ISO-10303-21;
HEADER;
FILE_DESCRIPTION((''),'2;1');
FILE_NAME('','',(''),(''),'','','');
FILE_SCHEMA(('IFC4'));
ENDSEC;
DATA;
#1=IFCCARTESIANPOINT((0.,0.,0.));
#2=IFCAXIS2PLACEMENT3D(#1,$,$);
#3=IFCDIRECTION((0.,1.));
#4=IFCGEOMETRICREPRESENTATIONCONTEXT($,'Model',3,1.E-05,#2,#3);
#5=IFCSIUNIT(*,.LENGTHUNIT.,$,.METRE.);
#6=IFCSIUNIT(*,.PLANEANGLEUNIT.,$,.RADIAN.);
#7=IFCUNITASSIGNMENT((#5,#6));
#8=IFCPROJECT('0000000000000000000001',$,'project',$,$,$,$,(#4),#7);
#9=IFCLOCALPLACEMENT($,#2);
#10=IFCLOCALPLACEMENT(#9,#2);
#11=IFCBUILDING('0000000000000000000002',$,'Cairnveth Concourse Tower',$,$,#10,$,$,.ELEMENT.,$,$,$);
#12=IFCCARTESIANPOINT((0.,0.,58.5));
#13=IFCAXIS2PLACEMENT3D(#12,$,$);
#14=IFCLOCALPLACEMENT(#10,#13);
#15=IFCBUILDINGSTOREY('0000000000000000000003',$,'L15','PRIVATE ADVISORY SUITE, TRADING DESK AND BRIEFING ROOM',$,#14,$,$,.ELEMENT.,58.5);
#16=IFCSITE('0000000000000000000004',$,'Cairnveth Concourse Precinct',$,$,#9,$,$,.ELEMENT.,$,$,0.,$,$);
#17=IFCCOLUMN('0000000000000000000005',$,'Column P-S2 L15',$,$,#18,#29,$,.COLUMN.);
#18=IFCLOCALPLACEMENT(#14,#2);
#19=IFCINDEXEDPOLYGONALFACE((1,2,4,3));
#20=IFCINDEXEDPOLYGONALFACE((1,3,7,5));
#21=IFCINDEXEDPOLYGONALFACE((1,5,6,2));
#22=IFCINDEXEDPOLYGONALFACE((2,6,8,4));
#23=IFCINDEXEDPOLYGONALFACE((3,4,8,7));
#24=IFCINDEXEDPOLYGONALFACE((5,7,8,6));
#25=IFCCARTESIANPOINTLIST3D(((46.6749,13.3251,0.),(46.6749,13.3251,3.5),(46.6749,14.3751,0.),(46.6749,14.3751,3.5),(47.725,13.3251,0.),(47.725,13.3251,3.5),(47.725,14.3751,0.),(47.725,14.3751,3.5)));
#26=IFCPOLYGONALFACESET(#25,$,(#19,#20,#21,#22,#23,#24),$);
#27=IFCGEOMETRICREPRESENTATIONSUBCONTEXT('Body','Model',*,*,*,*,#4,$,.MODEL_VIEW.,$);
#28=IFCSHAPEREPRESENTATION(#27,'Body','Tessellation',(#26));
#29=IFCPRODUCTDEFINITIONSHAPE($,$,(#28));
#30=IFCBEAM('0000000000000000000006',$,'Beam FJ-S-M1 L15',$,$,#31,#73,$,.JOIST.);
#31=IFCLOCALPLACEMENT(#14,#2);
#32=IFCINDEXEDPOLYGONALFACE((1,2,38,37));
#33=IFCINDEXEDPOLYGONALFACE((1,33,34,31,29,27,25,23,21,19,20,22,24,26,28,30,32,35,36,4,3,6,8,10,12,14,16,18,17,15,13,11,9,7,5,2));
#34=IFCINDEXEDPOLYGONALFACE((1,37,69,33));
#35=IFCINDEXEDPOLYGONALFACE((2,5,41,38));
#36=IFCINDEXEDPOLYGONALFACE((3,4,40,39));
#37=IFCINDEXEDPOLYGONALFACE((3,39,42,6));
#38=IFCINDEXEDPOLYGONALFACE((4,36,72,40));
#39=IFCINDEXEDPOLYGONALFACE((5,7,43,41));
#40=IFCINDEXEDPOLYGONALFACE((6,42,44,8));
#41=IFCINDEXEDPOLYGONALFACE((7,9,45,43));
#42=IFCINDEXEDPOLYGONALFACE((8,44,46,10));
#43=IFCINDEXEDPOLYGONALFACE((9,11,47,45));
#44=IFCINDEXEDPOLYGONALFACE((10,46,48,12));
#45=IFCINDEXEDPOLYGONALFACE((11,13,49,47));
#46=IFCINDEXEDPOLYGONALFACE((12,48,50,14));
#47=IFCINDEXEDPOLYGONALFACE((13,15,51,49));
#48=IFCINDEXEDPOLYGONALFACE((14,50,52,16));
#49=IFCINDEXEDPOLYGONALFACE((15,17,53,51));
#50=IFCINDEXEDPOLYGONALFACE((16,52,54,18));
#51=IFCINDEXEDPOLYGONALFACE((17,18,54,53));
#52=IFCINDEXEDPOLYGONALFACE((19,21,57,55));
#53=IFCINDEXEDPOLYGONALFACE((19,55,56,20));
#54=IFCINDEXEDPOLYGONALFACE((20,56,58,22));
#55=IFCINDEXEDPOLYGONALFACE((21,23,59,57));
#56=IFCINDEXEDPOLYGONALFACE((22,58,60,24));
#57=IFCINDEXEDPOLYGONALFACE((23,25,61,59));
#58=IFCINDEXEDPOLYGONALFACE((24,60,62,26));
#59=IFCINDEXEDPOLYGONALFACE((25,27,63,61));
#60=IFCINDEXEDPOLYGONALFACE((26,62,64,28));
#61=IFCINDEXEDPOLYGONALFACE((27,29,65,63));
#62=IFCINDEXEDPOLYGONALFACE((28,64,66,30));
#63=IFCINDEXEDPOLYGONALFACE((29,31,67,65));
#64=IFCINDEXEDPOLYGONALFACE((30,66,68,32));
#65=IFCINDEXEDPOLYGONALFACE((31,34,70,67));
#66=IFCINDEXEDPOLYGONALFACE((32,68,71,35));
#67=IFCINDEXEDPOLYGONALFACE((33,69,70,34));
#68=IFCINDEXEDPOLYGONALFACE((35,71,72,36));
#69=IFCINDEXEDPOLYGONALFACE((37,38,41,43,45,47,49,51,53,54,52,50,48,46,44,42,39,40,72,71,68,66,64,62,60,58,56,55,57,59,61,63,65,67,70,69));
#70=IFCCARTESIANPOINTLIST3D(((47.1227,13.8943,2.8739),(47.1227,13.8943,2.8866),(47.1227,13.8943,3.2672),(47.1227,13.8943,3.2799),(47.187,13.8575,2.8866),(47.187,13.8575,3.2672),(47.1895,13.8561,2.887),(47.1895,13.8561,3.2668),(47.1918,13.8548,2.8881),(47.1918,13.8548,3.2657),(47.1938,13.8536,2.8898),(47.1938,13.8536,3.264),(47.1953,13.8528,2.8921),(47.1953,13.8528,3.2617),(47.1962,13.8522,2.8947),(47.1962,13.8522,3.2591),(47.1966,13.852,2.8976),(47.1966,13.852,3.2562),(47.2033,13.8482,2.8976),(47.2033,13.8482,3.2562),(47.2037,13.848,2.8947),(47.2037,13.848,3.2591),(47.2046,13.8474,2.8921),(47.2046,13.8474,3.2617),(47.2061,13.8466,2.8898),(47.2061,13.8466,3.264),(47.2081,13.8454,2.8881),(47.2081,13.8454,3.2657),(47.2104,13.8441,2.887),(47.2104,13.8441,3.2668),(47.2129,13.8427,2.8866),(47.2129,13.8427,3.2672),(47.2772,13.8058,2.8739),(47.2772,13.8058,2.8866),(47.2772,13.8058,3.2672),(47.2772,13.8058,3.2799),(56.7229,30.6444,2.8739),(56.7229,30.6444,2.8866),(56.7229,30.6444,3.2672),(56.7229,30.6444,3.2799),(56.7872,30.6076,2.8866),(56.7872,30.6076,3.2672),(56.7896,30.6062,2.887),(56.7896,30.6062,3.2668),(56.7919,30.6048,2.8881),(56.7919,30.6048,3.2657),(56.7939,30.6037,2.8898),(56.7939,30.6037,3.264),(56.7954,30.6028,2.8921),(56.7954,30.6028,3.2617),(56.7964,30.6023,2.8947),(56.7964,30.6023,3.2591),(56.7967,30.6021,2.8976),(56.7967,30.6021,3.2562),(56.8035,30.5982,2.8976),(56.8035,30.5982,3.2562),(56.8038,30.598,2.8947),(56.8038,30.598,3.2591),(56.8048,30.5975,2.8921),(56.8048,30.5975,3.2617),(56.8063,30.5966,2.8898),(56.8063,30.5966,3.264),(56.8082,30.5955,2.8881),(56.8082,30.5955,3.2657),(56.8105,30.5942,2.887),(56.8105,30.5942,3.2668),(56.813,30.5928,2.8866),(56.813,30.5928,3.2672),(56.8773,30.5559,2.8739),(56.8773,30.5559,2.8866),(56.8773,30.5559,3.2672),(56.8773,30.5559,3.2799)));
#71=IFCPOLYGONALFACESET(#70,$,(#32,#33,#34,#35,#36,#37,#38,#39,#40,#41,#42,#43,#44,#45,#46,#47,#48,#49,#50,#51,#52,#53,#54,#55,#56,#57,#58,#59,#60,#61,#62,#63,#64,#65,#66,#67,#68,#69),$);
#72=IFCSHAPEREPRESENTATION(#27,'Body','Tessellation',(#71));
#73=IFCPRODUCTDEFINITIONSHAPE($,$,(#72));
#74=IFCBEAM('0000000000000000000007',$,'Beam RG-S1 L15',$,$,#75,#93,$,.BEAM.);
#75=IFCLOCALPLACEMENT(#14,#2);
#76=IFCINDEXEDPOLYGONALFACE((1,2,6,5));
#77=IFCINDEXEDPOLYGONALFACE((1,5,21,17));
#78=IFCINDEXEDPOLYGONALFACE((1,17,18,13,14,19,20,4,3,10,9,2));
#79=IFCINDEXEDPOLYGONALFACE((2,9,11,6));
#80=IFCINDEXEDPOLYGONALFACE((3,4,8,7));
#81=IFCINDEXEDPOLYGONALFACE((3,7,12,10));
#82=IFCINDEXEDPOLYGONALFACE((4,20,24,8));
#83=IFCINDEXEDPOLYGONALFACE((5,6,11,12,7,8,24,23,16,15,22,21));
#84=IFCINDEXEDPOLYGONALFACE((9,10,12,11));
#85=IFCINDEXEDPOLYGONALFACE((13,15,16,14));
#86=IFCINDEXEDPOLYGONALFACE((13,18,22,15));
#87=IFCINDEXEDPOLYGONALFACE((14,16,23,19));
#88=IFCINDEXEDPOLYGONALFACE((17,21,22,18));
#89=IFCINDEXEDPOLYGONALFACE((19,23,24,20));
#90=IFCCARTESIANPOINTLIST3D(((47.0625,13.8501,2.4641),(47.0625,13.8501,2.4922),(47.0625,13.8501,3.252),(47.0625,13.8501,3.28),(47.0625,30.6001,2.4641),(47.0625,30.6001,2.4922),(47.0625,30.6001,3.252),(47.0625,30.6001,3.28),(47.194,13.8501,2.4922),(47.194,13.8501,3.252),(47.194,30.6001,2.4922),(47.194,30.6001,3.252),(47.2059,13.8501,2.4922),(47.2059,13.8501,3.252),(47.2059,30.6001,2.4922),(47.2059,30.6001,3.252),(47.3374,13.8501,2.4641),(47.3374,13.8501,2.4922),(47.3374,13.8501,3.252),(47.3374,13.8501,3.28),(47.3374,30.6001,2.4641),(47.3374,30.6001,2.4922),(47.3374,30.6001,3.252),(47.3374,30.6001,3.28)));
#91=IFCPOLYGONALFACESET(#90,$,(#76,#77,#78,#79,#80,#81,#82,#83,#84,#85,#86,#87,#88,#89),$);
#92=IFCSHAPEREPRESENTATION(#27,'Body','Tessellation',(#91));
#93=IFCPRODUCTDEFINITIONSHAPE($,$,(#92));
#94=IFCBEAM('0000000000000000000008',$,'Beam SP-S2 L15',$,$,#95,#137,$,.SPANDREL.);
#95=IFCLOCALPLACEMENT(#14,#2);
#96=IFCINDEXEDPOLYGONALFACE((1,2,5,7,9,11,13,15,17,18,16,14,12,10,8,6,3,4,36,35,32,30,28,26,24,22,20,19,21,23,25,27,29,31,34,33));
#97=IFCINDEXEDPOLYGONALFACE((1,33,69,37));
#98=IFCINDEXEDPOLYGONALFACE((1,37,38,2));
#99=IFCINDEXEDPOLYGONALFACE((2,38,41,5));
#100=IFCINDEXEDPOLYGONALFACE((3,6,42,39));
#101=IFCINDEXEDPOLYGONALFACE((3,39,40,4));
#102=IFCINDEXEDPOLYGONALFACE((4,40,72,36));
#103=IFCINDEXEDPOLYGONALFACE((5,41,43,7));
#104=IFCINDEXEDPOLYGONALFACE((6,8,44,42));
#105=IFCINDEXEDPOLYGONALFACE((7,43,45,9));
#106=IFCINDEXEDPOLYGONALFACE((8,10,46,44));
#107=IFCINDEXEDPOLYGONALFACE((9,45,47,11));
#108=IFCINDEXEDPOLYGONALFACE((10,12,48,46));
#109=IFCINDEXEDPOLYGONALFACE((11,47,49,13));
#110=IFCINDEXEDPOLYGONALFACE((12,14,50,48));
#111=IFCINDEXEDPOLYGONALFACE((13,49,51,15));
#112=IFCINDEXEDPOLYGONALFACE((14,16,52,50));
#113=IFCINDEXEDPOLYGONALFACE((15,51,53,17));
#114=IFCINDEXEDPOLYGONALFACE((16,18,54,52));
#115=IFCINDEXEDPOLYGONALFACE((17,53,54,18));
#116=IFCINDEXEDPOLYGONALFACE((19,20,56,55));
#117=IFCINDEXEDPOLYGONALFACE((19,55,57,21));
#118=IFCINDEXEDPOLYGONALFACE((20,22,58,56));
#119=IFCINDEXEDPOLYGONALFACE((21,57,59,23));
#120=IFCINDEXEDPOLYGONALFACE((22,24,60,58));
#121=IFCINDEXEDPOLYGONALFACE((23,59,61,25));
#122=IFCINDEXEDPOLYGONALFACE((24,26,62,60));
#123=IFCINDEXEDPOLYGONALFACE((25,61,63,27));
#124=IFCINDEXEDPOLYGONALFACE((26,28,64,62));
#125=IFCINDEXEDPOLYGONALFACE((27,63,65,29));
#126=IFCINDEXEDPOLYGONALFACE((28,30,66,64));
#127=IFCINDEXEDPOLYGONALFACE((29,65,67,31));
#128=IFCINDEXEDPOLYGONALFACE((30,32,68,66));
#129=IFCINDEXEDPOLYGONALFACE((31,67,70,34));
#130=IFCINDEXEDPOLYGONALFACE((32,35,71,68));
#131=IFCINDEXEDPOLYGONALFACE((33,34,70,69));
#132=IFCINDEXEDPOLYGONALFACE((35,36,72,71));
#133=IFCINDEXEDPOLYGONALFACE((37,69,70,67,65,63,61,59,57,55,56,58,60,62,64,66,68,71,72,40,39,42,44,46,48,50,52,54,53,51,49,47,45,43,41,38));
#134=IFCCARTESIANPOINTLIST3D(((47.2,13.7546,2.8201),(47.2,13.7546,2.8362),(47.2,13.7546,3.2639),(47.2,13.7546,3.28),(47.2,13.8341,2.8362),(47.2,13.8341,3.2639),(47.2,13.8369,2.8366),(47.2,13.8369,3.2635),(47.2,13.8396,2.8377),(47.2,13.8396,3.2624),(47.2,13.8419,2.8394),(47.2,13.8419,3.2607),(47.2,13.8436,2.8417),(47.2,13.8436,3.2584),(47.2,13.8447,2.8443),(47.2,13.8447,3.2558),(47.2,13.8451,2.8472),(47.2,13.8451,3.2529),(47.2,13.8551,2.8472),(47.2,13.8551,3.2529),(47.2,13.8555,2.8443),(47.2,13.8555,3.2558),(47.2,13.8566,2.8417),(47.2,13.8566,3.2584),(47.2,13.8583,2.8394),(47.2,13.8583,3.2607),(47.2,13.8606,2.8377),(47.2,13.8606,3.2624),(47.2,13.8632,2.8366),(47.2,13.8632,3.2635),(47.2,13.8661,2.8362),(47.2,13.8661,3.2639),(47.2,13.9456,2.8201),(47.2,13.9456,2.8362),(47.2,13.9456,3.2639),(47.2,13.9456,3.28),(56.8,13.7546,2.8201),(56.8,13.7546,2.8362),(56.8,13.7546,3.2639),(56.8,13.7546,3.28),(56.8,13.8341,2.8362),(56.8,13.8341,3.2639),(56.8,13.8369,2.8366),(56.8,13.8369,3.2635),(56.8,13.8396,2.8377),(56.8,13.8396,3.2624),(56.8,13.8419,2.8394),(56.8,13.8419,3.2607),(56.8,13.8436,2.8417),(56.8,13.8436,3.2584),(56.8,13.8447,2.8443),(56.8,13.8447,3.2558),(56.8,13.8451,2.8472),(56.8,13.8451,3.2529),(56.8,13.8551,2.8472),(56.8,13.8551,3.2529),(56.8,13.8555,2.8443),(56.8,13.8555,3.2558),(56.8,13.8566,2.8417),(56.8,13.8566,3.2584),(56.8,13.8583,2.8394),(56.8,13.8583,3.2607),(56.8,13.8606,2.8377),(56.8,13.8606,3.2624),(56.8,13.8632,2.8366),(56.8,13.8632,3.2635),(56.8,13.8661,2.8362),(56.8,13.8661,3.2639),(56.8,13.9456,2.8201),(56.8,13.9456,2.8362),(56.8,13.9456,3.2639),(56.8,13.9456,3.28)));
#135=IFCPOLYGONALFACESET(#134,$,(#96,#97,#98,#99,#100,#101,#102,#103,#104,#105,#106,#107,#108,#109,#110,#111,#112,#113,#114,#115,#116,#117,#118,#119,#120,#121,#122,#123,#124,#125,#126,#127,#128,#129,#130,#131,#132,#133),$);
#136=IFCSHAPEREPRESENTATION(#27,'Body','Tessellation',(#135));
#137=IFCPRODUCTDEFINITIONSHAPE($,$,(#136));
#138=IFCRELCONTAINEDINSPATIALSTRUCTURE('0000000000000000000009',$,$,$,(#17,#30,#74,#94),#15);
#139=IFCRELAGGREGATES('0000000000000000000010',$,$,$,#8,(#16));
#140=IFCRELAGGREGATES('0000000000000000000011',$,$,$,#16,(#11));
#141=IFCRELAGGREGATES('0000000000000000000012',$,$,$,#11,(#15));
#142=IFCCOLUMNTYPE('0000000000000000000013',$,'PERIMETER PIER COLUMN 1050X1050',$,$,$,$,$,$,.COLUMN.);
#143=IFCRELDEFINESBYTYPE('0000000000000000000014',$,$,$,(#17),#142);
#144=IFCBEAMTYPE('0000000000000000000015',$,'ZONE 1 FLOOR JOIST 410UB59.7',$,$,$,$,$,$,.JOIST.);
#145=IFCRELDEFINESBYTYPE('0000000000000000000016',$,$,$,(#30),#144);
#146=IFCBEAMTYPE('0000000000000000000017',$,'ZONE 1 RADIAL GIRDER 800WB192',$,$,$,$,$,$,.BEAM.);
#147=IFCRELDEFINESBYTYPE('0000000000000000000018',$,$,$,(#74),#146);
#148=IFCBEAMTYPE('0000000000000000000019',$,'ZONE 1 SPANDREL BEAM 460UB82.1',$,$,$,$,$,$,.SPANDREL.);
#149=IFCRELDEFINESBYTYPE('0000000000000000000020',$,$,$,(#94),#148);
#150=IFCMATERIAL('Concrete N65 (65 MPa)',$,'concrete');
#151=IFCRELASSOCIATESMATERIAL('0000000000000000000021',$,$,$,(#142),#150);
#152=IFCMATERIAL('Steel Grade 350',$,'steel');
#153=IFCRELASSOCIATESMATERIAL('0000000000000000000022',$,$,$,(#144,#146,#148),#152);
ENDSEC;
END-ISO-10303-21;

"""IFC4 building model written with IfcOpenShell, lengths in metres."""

from ifc_helpers import new_model, si_unit, direction, frame, origin, origin_2d, place, context, subcontext, project, spatial, rectangle, i_section, extrude, material, material_profile, profile_set, type_object, element, save


model = new_model("IFC4")

# Units and contexts
model_context = context("Model", 3, precision=1e-05, world=origin(), true_north=direction((0.0, 1.0)))
body_context = subcontext(model_context, "Body", "Model", "MODEL_VIEW")
ifc_project = project(units=[si_unit("LENGTHUNIT", "METRE"), si_unit("PLANEANGLEUNIT", "RADIAN")], contexts=[model_context])

# Site, building, storey
site_placement = place(None, origin())
site = spatial("IfcSite", under=ifc_project, at=site_placement, Name="Cairnveth Concourse Precinct", CompositionType="ELEMENT", RefElevation=0.0)
building_placement = place(site_placement, origin())
building = spatial("IfcBuilding", under=site, at=building_placement, Name="Cairnveth Concourse Tower", CompositionType="ELEMENT")
storey_placement = place(building_placement, frame((0.0, 0.0, 58.5)))
storey = spatial("IfcBuildingStorey", under=building, at=storey_placement, Name="L15", Description="PRIVATE ADVISORY SUITE, TRADING DESK AND BRIEFING ROOM", CompositionType="ELEMENT", Elevation=58.5)

# Column
ifc_material_1 = material(Name="Concrete N65 (65 MPa)", Category="concrete")
ifc_material_profile_1 = material_profile(ifc_material_1, rectangle(XDim=1.05, YDim=1.05, at=origin_2d()), Name="RC-COL-1050x1050")
ifc_profile_set_1 = profile_set([ifc_material_profile_1], Name="Concrete N65 (65 MPa)")
column_type = type_object("IfcColumnType", Name="PERIMETER PIER COLUMN 1050X1050", PredefinedType="COLUMN", material=ifc_profile_set_1)
column_placement = place(storey_placement, frame((47.2, 13.8501, 0.0), z_axis=(0.0, 0.0, 1.0), x_axis=(1.0, 0.0, 0.0)))
element("IfcColumn", 1, at=column_placement, inside=storey, type_object=column_type, Name="Column P-S2 L15", PredefinedType="COLUMN", context=body_context, shape_type="SweptSolid", body=[
    extrude(rectangle(XDim=1.05, YDim=1.05, at=origin_2d()), origin(), (0.0, 0.0, 1.0), 3.5),
])

# Beams
ifc_material_2 = material(Name="Steel Grade 350", Category="steel")
ifc_material_profile_2 = material_profile(ifc_material_2, i_section(OverallWidth=0.178, OverallDepth=0.406, WebThickness=0.0078, FlangeThickness=0.0127, FilletRadius=0.011, at=origin_2d()), Name="410UB59.7")
ifc_profile_set_2 = profile_set([ifc_material_profile_2], Name="Steel Grade 350")
beam_type_1 = type_object("IfcBeamType", Name="ZONE 1 FLOOR JOIST 410UB59.7", PredefinedType="JOIST", material=ifc_profile_set_2)
beam_1_placement = place(storey_placement, frame((47.2, 13.8501, 3.0769), z_axis=(0.497258, 0.867603, 0.0), x_axis=(-0.867603, 0.497258, 0.0)))
element("IfcBeam", 2, at=beam_1_placement, inside=storey, type_object=beam_type_1, Name="Beam FJ-S-M1 L15", PredefinedType="JOIST", context=body_context, shape_type="SweptSolid", body=[
    extrude(i_section(OverallWidth=0.178, OverallDepth=0.406, WebThickness=0.0078, FlangeThickness=0.0127, FilletRadius=0.011, at=origin_2d()), origin(), (0.0, 0.0, 1.0), 19.3062),
])
ifc_material_profile_3 = material_profile(ifc_material_2, i_section(OverallWidth=0.2749, OverallDepth=0.8159, WebThickness=0.012, FlangeThickness=0.0281, at=origin_2d()), Name="800WB192")
ifc_profile_set_3 = profile_set([ifc_material_profile_3], Name="Steel Grade 350")
beam_type_2 = type_object("IfcBeamType", Name="ZONE 1 RADIAL GIRDER 800WB192", PredefinedType="BEAM", material=ifc_profile_set_3)
beam_2_placement = place(storey_placement, frame((47.2, 13.8501, 2.8721), z_axis=(0.0, 1.0, 0.0), x_axis=(-1.0, 0.0, 0.0)))
element("IfcBeam", 3, at=beam_2_placement, inside=storey, type_object=beam_type_2, Name="Beam RG-S1 L15", PredefinedType="BEAM", context=body_context, shape_type="SweptSolid", body=[
    extrude(i_section(OverallWidth=0.2749, OverallDepth=0.8159, WebThickness=0.012, FlangeThickness=0.0281, at=origin_2d()), origin(), (0.0, 0.0, 1.0), 16.75),
])
ifc_material_profile_4 = material_profile(ifc_material_2, i_section(OverallWidth=0.1909, OverallDepth=0.46, WebThickness=0.01, FlangeThickness=0.0161, FilletRadius=0.011, at=origin_2d()), Name="460UB82.1")
ifc_profile_set_4 = profile_set([ifc_material_profile_4], Name="Steel Grade 350")
beam_type_3 = type_object("IfcBeamType", Name="ZONE 1 SPANDREL BEAM 460UB82.1", PredefinedType="SPANDREL", material=ifc_profile_set_4)
beam_3_placement = place(storey_placement, frame((47.2, 13.8501, 3.05), z_axis=(1.0, 0.0, 0.0), x_axis=(0.0, 1.0, 0.0)))
element("IfcBeam", 4, at=beam_3_placement, inside=storey, type_object=beam_type_3, Name="Beam SP-S2 L15", PredefinedType="SPANDREL", context=body_context, shape_type="SweptSolid", body=[
    extrude(i_section(OverallWidth=0.1909, OverallDepth=0.46, WebThickness=0.01, FlangeThickness=0.0161, FilletRadius=0.011, at=origin_2d()), origin(), (0.0, 0.0, 1.0), 9.6001),
])

save(model, "model.ifc")
